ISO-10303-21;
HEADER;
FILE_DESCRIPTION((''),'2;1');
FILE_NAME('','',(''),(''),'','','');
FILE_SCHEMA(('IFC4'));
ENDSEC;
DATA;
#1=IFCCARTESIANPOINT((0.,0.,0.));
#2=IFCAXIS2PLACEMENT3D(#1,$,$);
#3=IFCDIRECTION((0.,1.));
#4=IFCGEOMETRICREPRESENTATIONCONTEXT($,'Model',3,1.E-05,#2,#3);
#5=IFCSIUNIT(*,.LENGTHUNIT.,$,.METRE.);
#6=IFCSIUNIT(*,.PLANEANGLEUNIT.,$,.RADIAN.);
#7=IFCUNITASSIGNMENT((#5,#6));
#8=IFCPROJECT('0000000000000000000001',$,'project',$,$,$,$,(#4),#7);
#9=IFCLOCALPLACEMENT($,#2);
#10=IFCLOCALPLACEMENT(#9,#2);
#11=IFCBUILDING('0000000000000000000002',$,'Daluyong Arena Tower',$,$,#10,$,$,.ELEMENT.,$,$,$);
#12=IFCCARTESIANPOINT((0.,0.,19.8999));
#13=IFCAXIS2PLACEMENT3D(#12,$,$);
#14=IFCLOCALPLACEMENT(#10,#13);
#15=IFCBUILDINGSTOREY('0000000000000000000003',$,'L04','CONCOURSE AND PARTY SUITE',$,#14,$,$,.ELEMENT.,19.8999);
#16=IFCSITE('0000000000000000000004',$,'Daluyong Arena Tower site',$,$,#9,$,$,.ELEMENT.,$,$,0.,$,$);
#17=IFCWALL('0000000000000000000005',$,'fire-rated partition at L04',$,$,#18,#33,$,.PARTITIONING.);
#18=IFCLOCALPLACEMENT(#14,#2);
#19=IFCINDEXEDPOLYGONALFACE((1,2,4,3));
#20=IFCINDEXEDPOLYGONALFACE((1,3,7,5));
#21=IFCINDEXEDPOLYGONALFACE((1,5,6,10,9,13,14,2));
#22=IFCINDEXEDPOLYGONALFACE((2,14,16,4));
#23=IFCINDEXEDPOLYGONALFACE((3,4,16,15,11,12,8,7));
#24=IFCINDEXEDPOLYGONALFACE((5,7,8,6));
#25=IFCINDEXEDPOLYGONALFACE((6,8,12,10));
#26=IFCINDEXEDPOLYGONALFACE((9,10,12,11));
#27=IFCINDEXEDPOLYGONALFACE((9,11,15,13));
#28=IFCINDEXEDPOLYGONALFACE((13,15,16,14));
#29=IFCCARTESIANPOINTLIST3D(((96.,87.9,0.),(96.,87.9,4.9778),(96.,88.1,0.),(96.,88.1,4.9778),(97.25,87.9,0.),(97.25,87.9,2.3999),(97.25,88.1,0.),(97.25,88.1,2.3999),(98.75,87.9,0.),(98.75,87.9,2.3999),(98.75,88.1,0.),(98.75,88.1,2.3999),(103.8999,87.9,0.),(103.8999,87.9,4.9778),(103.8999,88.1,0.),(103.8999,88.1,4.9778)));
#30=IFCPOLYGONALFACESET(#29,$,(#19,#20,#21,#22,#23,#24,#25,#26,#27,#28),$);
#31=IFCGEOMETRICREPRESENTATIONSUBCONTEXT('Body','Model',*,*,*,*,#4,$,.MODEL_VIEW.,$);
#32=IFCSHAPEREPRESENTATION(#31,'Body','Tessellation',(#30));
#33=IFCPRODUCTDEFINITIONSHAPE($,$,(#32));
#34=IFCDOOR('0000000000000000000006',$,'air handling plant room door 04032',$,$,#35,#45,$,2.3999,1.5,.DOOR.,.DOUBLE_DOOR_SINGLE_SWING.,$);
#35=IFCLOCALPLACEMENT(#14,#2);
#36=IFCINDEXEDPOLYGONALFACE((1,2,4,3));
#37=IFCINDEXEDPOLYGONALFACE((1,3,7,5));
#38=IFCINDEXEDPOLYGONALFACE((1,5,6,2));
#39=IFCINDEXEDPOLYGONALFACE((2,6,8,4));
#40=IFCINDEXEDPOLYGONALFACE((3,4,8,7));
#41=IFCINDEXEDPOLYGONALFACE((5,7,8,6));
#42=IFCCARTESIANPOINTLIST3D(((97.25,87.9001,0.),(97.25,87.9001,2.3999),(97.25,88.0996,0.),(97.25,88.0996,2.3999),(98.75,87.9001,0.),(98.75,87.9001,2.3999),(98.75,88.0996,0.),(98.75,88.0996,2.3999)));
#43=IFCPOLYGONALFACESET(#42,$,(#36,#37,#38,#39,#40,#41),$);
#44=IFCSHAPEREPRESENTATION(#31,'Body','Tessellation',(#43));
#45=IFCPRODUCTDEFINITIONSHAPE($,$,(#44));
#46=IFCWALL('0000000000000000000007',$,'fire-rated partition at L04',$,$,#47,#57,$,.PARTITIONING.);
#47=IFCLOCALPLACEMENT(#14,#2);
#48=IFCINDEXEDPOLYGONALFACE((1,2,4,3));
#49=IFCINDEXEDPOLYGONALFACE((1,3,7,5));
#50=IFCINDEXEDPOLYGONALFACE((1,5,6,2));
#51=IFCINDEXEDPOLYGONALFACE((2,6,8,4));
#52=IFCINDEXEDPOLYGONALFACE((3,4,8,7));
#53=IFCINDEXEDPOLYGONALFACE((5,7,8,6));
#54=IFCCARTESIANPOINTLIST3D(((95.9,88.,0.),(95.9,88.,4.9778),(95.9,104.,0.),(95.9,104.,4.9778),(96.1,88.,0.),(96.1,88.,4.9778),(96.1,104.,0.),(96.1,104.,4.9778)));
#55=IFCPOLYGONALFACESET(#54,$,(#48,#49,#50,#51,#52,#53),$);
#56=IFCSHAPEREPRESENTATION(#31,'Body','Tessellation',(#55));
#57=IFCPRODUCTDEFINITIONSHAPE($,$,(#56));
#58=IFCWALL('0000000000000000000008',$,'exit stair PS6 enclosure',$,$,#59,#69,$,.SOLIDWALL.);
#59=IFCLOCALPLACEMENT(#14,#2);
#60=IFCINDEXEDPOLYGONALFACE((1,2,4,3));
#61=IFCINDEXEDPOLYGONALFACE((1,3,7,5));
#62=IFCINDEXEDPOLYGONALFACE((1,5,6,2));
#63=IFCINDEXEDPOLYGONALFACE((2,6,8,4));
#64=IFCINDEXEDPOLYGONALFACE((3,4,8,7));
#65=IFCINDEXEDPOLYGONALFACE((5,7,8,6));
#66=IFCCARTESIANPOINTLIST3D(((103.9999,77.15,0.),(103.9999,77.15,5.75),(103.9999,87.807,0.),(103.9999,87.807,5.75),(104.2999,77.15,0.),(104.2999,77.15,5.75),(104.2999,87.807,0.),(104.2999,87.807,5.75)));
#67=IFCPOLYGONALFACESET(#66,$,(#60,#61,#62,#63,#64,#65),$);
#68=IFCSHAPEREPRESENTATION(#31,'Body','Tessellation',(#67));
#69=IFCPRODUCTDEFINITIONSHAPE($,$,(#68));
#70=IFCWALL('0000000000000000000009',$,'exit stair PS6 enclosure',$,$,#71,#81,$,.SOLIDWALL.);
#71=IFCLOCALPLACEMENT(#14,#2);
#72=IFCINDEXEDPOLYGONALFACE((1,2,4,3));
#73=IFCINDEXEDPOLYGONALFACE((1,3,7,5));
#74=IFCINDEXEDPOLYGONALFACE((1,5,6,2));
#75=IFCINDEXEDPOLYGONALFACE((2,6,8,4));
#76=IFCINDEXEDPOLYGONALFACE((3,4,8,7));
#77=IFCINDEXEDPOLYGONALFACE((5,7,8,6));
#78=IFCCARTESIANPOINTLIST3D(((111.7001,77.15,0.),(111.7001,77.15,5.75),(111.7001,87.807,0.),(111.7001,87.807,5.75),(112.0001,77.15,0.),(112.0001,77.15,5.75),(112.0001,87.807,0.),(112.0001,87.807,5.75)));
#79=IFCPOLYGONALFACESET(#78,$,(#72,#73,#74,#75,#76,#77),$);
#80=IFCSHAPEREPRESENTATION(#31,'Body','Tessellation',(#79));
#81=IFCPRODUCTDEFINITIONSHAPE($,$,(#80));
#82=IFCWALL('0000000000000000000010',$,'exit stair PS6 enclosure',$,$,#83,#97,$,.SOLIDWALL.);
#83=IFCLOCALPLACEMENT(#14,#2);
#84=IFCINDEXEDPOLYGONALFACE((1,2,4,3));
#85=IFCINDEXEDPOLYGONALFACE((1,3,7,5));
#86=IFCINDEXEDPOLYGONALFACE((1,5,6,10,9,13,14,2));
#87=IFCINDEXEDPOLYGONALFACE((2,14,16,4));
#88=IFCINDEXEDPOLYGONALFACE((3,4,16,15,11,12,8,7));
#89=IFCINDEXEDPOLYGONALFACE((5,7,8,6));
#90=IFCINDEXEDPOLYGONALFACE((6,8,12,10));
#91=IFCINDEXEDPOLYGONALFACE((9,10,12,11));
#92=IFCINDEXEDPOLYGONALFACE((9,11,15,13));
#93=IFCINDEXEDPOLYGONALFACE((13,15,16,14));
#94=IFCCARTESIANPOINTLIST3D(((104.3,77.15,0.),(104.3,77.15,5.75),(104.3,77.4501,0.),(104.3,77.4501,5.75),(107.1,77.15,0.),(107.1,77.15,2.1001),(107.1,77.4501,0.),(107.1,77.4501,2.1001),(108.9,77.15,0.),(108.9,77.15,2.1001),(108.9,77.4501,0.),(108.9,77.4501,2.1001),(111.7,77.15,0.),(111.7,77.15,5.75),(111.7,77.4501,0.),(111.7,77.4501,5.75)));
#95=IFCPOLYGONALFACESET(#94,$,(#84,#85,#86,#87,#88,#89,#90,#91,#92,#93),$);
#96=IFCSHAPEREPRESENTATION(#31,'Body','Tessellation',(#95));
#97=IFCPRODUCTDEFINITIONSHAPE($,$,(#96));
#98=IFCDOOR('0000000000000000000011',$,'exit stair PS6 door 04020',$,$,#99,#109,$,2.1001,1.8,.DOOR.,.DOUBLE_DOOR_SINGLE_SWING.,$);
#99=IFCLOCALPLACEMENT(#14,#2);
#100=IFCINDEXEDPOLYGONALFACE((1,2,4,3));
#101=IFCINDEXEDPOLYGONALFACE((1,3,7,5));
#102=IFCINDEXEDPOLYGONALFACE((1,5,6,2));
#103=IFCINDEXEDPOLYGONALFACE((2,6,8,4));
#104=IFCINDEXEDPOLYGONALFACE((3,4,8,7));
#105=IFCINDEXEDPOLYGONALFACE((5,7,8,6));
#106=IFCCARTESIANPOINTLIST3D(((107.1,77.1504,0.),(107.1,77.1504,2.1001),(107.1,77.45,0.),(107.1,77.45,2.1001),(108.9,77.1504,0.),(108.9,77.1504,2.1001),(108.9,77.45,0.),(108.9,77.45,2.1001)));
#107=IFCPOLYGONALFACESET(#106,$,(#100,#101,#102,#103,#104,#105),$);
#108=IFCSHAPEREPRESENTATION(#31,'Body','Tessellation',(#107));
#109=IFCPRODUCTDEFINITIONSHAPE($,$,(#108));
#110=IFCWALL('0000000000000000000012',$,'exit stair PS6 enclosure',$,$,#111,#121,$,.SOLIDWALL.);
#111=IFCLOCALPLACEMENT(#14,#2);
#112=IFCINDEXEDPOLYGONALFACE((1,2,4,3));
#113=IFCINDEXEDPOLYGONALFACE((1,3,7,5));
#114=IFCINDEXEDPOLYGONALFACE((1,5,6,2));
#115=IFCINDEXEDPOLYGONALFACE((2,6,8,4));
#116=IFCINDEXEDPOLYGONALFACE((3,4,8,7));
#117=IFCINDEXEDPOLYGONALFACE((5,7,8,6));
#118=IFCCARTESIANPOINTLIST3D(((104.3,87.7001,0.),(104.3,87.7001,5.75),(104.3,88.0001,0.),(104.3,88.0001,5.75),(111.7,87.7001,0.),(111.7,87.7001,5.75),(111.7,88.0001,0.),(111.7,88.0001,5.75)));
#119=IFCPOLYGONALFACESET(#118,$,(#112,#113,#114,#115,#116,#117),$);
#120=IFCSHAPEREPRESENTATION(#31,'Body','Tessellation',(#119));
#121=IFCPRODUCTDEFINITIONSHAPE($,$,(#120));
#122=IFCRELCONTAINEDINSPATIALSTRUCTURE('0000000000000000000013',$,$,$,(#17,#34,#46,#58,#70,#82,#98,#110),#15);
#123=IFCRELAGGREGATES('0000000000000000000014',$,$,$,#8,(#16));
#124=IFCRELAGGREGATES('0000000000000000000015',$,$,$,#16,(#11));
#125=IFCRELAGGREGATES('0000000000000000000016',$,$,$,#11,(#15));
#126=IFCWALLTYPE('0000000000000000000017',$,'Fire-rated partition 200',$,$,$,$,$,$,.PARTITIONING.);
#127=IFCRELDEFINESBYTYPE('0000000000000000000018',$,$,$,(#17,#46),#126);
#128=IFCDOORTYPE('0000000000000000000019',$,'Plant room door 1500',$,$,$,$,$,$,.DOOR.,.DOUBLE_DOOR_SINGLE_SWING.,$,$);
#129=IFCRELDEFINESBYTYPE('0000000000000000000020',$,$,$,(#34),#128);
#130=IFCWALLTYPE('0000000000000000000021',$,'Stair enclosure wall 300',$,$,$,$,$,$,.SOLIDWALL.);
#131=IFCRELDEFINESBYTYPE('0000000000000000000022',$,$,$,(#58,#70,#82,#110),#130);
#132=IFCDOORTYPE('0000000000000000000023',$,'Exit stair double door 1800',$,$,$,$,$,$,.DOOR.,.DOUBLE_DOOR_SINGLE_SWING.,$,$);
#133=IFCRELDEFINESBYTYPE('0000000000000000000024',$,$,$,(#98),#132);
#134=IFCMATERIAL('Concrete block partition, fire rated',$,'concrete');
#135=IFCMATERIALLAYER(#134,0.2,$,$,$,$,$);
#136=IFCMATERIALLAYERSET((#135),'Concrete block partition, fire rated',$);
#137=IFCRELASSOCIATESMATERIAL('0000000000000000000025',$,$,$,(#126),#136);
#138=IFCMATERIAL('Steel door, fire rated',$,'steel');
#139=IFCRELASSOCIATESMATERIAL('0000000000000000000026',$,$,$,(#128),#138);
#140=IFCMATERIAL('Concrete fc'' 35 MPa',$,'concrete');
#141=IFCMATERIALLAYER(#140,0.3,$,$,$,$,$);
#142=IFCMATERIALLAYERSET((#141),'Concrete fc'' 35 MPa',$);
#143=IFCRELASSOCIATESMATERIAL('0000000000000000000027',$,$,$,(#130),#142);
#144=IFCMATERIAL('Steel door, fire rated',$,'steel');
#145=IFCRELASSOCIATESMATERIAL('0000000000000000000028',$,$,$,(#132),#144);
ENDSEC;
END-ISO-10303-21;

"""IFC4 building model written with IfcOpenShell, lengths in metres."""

from ifc_helpers import new_model, si_unit, direction, frame, frame_2d, origin, place, context, subcontext, project, spatial, rectangle, extrude, material, layer, layer_set, type_object, element, fill, save


model = new_model("IFC4")

# Units and contexts
model_context = context("Model", 3, precision=1e-05, world=origin(), true_north=direction((0.0, 1.0)))
body_context = subcontext(model_context, "Body", "Model", "MODEL_VIEW")
ifc_project = project(units=[si_unit("LENGTHUNIT", "METRE"), si_unit("PLANEANGLEUNIT", "RADIAN")], contexts=[model_context])

# Site, building, storey
site_placement = place(None, origin())
site = spatial("IfcSite", under=ifc_project, at=site_placement, Name="Daluyong Arena Tower site", CompositionType="ELEMENT", RefElevation=0.0)
building_placement = place(site_placement, origin())
building = spatial("IfcBuilding", under=site, at=building_placement, Name="Daluyong Arena Tower", CompositionType="ELEMENT")
storey_placement = place(building_placement, frame((0.0, 0.0, 19.8999)))
storey = spatial("IfcBuildingStorey", under=building, at=storey_placement, Name="L04", Description="CONCOURSE AND PARTY SUITE", CompositionType="ELEMENT", Elevation=19.8999)

# Wall, opening, door
ifc_material_1 = material(Name="Concrete block partition, fire rated", Category="concrete")
ifc_layer_1 = layer(ifc_material_1, 0.2)
ifc_layer_set_1 = layer_set([ifc_layer_1], Name="Concrete block partition, fire rated")
wall_type_1 = type_object("IfcWallType", Name="Fire-rated partition 200", PredefinedType="PARTITIONING", material=ifc_layer_set_1)
wall_1_placement = place(storey_placement, frame((96.0, 88.0, 0.0), z_axis=(0.0, 0.0, 1.0), x_axis=(1.0, 0.0, 0.0)))
wall_1 = element("IfcWall", 1, at=wall_1_placement, inside=storey, type_object=wall_type_1, Name="fire-rated partition at L04", PredefinedType="PARTITIONING", context=body_context, shape_type="SweptSolid", body=[
    extrude(rectangle(XDim=7.8999, YDim=0.2, at=frame_2d((3.95, 0.0))), origin(), (0.0, 0.0, 1.0), 4.9778),
])
opening_1_placement = place(wall_1_placement, frame((1.25, 0.0, 0.0)))
opening_1 = element("IfcOpeningElement", 2, at=opening_1_placement, cuts=wall_1, PredefinedType="OPENING", context=body_context, shape_type="SweptSolid", body=[
    extrude(rectangle(XDim=1.5, YDim=2.3999, at=frame_2d((0.75, 1.2))), frame((0.0, 0.1099, 0.0), z_axis=(0.0, -1.0, 0.0), x_axis=(1.0, 0.0, 0.0)), (0.0, 0.0, 1.0), 0.22),
])
ifc_material_2 = material(Name="Steel door, fire rated", Category="steel")
door_type_1 = type_object("IfcDoorType", Name="Plant room door 1500", OperationType="DOUBLE_DOOR_SINGLE_SWING", PredefinedType="DOOR", material=ifc_material_2)
door_1_placement = place(opening_1_placement, origin())
door_1 = element("IfcDoor", 3, at=door_1_placement, inside=storey, type_object=door_type_1, Name="air handling plant room door 04032", OperationType="DOUBLE_DOOR_SINGLE_SWING", OverallHeight=2.3999, OverallWidth=1.5, PredefinedType="DOOR", context=body_context, shape_type="SweptSolid", body=[
    extrude(rectangle(XDim=1.5, YDim=2.3999, at=frame_2d((0.75, 1.2))), frame((0.0, 0.0996, 0.0), z_axis=(0.0, -1.0, 0.0), x_axis=(1.0, 0.0, 0.0)), (0.0, 0.0, 1.0), 0.1995),
])
fill(opening_1, door_1)

# Walls
wall_2_placement = place(storey_placement, frame((96.0, 88.0, 0.0), z_axis=(0.0, 0.0, 1.0), x_axis=(0.0, 1.0, 0.0)))
element("IfcWall", 4, at=wall_2_placement, inside=storey, type_object=wall_type_1, Name="fire-rated partition at L04", PredefinedType="PARTITIONING", context=body_context, shape_type="SweptSolid", body=[
    extrude(rectangle(XDim=16.0, YDim=0.2, at=frame_2d((8.0, 0.0))), origin(), (0.0, 0.0, 1.0), 4.9778),
])
ifc_material_3 = material(Name="Concrete fc' 35 MPa", Category="concrete")
ifc_layer_2 = layer(ifc_material_3, 0.3)
ifc_layer_set_2 = layer_set([ifc_layer_2], Name="Concrete fc' 35 MPa")
wall_type_2 = type_object("IfcWallType", Name="Stair enclosure wall 300", PredefinedType="SOLIDWALL", material=ifc_layer_set_2)
for number, where, z_axis, x_axis, name in (
    (5, (104.1499, 77.1499, 0.0), (0.0, 0.0, 1.0), (0.0, 1.0, 0.0), "exit stair PS6 enclosure"),
    (6, (111.8501, 77.1499, 0.0), (0.0, 0.0, 1.0), (0.0, 1.0, 0.0), "exit stair PS6 enclosure"),
):
    element("IfcWall", number, at=place(storey_placement, frame(where, z_axis=z_axis, x_axis=x_axis)), inside=storey, type_object=wall_type_2, Name=name, PredefinedType="SOLIDWALL", context=body_context, shape_type="SweptSolid", body=[
        extrude(rectangle(XDim=10.657, YDim=0.3, at=frame_2d((5.3286, 0.0))), origin(), (0.0, 0.0, 1.0), 5.75),
    ])

# Wall, opening, door
wall_3_placement = place(storey_placement, frame((104.3, 77.3, 0.0), z_axis=(0.0, 0.0, 1.0), x_axis=(1.0, 0.0, 0.0)))
wall_3 = element("IfcWall", 7, at=wall_3_placement, inside=storey, type_object=wall_type_2, Name="exit stair PS6 enclosure", PredefinedType="SOLIDWALL", context=body_context, shape_type="SweptSolid", body=[
    extrude(rectangle(XDim=7.3999, YDim=0.3, at=frame_2d((3.7, 0.0))), origin(), (0.0, 0.0, 1.0), 5.75),
])
opening_2_placement = place(wall_3_placement, frame((2.8, 0.0, 0.0)))
opening_2 = element("IfcOpeningElement", 8, at=opening_2_placement, cuts=wall_3, PredefinedType="OPENING", context=body_context, shape_type="SweptSolid", body=[
    extrude(rectangle(XDim=1.8, YDim=2.1001, at=frame_2d((0.8999, 1.05))), frame((0.0, 0.1599, 0.0), z_axis=(0.0, -1.0, 0.0), x_axis=(1.0, 0.0, 0.0)), (0.0, 0.0, 1.0), 0.3201),
])
ifc_material_4 = material(Name="Steel door, fire rated", Category="steel")
door_type_2 = type_object("IfcDoorType", Name="Exit stair double door 1800", OperationType="DOUBLE_DOOR_SINGLE_SWING", PredefinedType="DOOR", material=ifc_material_4)
door_2_placement = place(opening_2_placement, origin())
door_2 = element("IfcDoor", 9, at=door_2_placement, inside=storey, type_object=door_type_2, Name="exit stair PS6 door 04020", OperationType="DOUBLE_DOOR_SINGLE_SWING", OverallHeight=2.1001, OverallWidth=1.8, PredefinedType="DOOR", context=body_context, shape_type="SweptSolid", body=[
    extrude(rectangle(XDim=1.8, YDim=2.1001, at=frame_2d((0.8999, 1.05))), frame((0.0, 0.1499, 0.0), z_axis=(0.0, -1.0, 0.0), x_axis=(1.0, 0.0, 0.0)), (0.0, 0.0, 1.0), 0.2996),
])
fill(opening_2, door_2)

# Wall
wall_4_placement = place(storey_placement, frame((104.3, 87.8501, 0.0), z_axis=(0.0, 0.0, 1.0), x_axis=(1.0, 0.0, 0.0)))
element("IfcWall", 10, at=wall_4_placement, inside=storey, type_object=wall_type_2, Name="exit stair PS6 enclosure", PredefinedType="SOLIDWALL", context=body_context, shape_type="SweptSolid", body=[
    extrude(rectangle(XDim=7.3999, YDim=0.3, at=frame_2d((3.7, 0.0))), origin(), (0.0, 0.0, 1.0), 5.75),
])

save(model, "model.ifc")
